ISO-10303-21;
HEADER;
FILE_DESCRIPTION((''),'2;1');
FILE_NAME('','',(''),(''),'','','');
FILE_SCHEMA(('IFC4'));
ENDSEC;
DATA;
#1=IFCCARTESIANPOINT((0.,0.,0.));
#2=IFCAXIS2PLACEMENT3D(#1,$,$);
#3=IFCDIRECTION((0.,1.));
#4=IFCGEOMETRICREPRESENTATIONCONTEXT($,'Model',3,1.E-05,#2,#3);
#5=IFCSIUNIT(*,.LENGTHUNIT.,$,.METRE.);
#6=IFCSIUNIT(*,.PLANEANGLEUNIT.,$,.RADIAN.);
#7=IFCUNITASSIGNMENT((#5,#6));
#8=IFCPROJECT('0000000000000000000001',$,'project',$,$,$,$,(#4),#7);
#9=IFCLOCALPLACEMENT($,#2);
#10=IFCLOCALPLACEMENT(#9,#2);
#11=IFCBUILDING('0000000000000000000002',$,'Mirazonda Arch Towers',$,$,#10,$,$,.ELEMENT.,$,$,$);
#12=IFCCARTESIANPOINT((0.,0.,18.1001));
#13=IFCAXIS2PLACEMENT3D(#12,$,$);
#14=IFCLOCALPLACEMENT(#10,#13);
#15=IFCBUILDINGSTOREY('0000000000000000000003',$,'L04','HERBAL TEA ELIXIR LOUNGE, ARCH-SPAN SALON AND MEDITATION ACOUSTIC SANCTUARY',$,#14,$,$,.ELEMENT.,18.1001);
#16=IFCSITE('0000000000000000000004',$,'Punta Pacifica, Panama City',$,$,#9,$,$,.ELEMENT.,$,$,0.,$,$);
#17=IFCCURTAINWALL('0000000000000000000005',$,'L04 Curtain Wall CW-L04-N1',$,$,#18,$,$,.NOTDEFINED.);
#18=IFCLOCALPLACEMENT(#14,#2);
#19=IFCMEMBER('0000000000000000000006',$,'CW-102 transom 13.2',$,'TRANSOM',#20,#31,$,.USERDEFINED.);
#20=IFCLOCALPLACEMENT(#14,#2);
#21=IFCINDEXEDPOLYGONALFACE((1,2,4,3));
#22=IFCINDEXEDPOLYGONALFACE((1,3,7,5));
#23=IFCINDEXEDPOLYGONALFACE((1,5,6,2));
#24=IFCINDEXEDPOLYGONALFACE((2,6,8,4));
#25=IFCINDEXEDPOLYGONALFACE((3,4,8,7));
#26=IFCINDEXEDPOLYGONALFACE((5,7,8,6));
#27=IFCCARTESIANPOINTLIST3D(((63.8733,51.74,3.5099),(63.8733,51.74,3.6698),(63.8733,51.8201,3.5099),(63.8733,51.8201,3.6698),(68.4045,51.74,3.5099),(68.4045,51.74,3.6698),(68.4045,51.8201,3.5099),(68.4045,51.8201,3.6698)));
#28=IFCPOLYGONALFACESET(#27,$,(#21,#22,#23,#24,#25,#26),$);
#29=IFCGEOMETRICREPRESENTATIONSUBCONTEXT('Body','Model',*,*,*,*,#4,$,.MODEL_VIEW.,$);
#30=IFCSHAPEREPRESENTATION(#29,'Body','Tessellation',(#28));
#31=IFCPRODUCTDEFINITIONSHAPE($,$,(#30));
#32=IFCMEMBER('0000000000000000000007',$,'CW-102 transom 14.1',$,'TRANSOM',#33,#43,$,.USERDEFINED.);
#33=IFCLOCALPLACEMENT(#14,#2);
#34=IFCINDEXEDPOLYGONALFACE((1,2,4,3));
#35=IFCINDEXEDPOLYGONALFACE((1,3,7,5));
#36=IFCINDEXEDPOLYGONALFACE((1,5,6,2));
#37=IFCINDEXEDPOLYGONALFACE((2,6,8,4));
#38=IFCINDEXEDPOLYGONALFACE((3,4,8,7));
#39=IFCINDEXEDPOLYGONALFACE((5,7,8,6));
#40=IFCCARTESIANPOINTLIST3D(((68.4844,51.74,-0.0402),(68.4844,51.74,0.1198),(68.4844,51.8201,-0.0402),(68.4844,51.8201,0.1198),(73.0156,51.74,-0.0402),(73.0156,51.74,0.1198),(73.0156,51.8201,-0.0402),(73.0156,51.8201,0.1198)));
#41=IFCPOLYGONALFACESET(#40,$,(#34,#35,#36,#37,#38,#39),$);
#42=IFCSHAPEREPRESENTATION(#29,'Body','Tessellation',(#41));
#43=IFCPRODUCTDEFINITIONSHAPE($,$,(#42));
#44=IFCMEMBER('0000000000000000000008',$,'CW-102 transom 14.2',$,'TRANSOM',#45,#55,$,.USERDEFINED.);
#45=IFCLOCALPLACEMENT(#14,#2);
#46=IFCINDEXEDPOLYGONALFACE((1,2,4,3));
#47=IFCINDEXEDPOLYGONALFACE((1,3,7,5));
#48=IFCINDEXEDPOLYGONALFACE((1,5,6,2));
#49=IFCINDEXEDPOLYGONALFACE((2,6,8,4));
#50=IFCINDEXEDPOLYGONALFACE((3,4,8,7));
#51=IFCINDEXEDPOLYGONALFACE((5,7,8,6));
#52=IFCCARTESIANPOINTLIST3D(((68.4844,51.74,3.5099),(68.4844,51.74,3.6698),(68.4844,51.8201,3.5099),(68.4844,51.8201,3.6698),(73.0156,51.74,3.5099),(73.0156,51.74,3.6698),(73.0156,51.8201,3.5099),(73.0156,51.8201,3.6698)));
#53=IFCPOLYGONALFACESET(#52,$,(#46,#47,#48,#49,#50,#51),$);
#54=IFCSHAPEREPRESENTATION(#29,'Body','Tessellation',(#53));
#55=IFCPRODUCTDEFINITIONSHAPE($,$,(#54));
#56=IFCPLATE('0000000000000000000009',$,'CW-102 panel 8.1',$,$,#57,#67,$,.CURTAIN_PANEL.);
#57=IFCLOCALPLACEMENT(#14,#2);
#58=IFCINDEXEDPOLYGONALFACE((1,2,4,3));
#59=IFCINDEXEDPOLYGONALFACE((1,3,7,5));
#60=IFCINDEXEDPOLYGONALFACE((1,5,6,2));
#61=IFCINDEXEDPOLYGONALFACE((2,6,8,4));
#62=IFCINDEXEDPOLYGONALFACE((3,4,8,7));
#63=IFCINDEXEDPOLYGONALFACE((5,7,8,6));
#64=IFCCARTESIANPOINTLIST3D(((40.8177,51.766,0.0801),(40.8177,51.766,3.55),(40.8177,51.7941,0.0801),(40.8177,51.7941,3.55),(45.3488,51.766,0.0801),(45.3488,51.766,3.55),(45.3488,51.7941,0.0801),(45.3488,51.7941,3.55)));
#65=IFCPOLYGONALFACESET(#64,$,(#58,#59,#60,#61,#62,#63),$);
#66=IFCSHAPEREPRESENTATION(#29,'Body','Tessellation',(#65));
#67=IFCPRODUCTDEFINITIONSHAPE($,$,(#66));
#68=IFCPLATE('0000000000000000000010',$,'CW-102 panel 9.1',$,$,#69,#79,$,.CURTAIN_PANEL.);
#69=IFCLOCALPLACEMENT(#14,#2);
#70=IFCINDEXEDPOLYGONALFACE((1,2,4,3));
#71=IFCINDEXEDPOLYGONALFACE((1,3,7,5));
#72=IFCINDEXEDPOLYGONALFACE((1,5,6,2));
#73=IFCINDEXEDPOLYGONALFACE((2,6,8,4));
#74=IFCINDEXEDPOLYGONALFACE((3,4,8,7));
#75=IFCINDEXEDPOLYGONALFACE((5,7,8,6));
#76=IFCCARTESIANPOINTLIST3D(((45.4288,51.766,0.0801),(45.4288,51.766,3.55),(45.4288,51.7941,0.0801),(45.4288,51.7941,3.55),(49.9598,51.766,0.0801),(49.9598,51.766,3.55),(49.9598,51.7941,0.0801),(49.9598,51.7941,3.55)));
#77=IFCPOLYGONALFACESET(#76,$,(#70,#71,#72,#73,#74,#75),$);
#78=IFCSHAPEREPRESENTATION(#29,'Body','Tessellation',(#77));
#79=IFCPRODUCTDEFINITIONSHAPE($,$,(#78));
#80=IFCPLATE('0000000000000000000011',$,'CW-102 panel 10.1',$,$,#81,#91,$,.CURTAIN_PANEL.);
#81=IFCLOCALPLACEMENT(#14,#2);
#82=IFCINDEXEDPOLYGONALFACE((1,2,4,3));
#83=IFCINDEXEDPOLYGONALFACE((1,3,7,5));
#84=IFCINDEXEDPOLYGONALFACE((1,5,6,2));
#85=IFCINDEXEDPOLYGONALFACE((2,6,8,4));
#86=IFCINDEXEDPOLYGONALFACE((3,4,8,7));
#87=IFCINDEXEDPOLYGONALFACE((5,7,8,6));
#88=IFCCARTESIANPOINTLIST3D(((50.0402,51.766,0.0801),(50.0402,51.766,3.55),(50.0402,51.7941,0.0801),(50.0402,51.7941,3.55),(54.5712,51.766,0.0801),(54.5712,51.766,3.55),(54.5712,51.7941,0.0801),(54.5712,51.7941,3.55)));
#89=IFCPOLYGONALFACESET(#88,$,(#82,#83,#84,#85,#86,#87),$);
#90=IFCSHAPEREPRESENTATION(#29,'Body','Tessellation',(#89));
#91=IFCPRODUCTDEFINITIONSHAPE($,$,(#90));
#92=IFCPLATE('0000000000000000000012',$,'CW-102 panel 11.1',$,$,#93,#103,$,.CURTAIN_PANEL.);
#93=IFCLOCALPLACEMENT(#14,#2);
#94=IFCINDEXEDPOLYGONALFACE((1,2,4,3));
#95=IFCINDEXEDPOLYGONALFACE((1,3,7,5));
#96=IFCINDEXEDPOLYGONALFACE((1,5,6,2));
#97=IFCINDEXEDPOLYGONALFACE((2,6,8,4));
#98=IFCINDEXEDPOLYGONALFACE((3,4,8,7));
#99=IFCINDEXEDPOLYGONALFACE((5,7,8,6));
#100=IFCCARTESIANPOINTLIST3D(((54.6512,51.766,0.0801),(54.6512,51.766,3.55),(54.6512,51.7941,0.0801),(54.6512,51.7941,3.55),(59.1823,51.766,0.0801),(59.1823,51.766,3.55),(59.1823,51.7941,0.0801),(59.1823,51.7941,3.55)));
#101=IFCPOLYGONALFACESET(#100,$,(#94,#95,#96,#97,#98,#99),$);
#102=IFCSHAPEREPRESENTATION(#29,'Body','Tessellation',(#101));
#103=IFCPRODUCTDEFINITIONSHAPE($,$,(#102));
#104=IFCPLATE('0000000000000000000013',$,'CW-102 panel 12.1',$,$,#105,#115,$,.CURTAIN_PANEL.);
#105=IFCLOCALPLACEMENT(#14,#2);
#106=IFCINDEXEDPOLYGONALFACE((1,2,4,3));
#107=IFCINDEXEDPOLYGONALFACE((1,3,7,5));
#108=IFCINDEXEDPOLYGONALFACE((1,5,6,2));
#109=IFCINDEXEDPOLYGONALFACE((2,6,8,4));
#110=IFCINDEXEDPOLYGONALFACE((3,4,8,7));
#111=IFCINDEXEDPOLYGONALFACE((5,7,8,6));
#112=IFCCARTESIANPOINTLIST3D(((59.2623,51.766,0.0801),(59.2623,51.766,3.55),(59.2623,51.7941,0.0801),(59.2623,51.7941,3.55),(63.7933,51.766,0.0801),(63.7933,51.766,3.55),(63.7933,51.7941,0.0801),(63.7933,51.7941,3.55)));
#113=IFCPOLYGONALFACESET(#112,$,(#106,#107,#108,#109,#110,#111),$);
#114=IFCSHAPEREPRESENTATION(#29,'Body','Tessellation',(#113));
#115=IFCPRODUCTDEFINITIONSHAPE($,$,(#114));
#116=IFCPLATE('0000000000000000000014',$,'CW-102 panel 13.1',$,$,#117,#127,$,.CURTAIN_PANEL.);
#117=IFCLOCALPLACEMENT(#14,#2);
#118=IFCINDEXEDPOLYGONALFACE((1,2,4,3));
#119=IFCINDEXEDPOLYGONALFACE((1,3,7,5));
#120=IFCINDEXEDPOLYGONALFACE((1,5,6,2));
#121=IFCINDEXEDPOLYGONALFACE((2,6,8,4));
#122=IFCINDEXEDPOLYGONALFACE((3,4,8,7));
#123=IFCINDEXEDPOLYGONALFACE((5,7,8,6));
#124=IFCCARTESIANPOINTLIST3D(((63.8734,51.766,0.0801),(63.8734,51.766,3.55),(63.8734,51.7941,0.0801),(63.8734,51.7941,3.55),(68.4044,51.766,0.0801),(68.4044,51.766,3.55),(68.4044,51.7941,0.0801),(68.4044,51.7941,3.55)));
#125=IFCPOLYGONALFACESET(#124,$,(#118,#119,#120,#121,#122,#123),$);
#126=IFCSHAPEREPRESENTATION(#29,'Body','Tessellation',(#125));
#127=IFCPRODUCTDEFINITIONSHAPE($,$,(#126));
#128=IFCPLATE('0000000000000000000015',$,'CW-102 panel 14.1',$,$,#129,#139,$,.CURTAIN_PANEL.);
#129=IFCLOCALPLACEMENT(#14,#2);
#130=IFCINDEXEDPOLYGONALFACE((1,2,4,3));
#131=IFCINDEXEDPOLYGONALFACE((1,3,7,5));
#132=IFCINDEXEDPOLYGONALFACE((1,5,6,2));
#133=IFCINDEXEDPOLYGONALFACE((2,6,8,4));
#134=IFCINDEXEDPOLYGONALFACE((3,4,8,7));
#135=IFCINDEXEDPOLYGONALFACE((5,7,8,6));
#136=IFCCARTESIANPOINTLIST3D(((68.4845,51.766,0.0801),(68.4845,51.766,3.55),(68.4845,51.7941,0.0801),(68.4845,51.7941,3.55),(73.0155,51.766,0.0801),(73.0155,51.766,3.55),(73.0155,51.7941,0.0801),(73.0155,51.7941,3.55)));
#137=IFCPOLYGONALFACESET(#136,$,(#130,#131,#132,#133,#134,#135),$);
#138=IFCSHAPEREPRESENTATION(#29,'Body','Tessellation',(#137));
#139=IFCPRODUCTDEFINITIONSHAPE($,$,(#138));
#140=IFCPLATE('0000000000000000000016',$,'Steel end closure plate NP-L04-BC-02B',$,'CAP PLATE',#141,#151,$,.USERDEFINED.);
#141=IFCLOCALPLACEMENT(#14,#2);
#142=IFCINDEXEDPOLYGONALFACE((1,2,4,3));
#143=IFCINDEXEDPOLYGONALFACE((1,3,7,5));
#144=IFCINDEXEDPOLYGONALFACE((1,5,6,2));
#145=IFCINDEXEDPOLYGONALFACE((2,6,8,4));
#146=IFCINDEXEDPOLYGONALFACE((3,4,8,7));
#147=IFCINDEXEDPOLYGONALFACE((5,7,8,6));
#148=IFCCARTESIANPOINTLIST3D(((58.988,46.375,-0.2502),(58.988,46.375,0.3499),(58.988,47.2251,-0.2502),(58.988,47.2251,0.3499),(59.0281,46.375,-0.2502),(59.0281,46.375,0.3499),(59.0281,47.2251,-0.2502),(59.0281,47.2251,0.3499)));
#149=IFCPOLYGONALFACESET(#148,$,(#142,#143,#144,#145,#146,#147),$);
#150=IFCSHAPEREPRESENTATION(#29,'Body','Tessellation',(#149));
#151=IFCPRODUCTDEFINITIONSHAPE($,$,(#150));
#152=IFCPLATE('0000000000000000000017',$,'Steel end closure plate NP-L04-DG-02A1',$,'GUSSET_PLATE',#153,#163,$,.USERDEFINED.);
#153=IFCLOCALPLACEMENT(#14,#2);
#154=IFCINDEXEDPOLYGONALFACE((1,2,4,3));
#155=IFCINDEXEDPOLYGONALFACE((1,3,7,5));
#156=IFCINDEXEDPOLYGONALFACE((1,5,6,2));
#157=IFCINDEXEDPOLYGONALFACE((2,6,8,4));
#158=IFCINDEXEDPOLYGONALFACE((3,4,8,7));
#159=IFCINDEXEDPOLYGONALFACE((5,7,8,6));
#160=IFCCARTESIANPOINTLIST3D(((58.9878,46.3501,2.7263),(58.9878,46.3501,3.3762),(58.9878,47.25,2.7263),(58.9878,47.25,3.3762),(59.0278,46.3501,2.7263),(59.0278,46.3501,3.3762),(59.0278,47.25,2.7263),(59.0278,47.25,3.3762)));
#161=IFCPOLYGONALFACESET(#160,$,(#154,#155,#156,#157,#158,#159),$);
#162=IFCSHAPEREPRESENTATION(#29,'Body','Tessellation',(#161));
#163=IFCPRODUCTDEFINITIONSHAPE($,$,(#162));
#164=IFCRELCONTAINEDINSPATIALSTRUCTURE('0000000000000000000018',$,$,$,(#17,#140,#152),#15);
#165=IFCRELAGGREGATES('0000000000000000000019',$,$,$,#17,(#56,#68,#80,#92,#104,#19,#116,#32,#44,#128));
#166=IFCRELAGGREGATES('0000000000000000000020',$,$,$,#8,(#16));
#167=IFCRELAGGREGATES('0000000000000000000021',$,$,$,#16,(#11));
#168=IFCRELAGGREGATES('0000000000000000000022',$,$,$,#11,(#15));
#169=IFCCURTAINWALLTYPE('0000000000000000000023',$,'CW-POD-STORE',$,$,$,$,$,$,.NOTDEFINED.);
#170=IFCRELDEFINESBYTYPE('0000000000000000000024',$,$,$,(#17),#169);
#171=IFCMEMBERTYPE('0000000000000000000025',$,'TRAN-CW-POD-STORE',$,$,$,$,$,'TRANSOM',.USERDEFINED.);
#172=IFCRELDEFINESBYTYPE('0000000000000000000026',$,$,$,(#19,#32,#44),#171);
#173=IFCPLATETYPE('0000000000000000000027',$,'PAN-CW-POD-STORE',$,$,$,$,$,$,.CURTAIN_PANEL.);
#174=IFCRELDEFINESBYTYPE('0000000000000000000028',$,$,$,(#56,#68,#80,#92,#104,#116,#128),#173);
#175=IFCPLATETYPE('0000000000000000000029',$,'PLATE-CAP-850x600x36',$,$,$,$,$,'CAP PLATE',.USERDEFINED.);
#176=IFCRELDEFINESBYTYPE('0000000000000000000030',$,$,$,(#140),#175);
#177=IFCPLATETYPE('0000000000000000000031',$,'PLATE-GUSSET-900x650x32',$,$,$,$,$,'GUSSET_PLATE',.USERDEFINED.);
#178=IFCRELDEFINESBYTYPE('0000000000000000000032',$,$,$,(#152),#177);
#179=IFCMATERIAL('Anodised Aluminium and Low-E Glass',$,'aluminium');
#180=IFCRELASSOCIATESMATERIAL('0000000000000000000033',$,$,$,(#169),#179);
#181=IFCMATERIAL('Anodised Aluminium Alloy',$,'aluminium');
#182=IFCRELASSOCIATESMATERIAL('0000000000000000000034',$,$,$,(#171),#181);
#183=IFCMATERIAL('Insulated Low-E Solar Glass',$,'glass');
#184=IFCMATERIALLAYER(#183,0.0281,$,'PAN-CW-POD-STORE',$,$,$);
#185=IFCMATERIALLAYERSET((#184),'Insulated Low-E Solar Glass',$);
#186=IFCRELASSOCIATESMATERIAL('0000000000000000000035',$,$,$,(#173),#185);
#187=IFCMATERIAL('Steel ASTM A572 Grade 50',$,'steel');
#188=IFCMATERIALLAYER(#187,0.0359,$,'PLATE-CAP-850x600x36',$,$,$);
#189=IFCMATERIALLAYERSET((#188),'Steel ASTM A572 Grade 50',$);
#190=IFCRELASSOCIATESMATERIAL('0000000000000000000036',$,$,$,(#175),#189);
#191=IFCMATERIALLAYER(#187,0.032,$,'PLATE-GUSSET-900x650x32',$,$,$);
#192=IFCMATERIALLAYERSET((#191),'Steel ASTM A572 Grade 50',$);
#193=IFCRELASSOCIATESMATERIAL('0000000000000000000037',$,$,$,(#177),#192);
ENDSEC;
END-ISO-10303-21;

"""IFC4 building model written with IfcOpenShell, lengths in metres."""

from ifc_helpers import new_model, si_unit, direction, frame, origin, origin_2d, place, context, subcontext, project, spatial, rectangle, extrude, material, layer, layer_set, material_profile, profile_set, type_object, element, aggregate, save


model = new_model("IFC4")

# Units and contexts
model_context = context("Model", 3, precision=1e-05, world=origin(), true_north=direction((0.0, 1.0)))
body_context = subcontext(model_context, "Body", "Model", "MODEL_VIEW")
ifc_project = project(units=[si_unit("LENGTHUNIT", "METRE"), si_unit("PLANEANGLEUNIT", "RADIAN")], contexts=[model_context])

# Site, building, storey
site_placement = place(None, origin())
site = spatial("IfcSite", under=ifc_project, at=site_placement, Name="Punta Pacifica, Panama City", CompositionType="ELEMENT", RefElevation=0.0)
building_placement = place(site_placement, origin())
building = spatial("IfcBuilding", under=site, at=building_placement, Name="Mirazonda Arch Towers", CompositionType="ELEMENT")
storey_placement = place(building_placement, frame((0.0, 0.0, 18.1001)))
storey = spatial("IfcBuildingStorey", under=building, at=storey_placement, Name="L04", Description="HERBAL TEA ELIXIR LOUNGE, ARCH-SPAN SALON AND MEDITATION ACOUSTIC SANCTUARY", CompositionType="ELEMENT", Elevation=18.1001)

# Curtain wall, members, plates
ifc_material_1 = material(Name="Anodised Aluminium and Low-E Glass", Category="aluminium")
curtain_wall_type = type_object("IfcCurtainWallType", Name="CW-POD-STORE", PredefinedType="NOTDEFINED", material=ifc_material_1)
curtain_wall_placement = place(storey_placement, origin())
curtain_wall = element("IfcCurtainWall", 1, at=curtain_wall_placement, inside=storey, type_object=curtain_wall_type, Name="L04 Curtain Wall CW-L04-N1", PredefinedType="NOTDEFINED")
ifc_material_2 = material(Name="Anodised Aluminium Alloy", Category="aluminium")
ifc_material_profile_1 = material_profile(ifc_material_2, rectangle(XDim=0.0801, YDim=0.1599, at=origin_2d()), Name="ALU-TRAN-80x160")
ifc_profile_set_1 = profile_set([ifc_material_profile_1], Name="Anodised Aluminium Alloy")
member_type_1 = type_object("IfcMemberType", Name="TRAN-CW-POD-STORE", ElementType="TRANSOM", PredefinedType="USERDEFINED", material=ifc_profile_set_1)
member_1_placement = place(storey_placement, frame((63.8733, 51.78, 3.5898), z_axis=(1.0, 0.0, 0.0), x_axis=(0.0, 1.0, 0.0)))
member_1 = element("IfcMember", 2, at=member_1_placement, type_object=member_type_1, Name="CW-102 transom 13.2", ObjectType="TRANSOM", PredefinedType="USERDEFINED", context=body_context, shape_type="SweptSolid", body=[
    extrude(rectangle(XDim=0.0801, YDim=0.1599, at=origin_2d()), origin(), (0.0, 0.0, 1.0), 4.5312),
])
member_2_placement = place(storey_placement, frame((68.4844, 51.78, 0.0398), z_axis=(1.0, 0.0, 0.0), x_axis=(0.0, 1.0, 0.0)))
member_2 = element("IfcMember", 3, at=member_2_placement, type_object=member_type_1, Name="CW-102 transom 14.1", ObjectType="TRANSOM", PredefinedType="USERDEFINED", context=body_context, shape_type="SweptSolid", body=[
    extrude(rectangle(XDim=0.0801, YDim=0.1599, at=origin_2d()), origin(), (0.0, 0.0, 1.0), 4.5312),
])
member_3_placement = place(storey_placement, frame((68.4844, 51.78, 3.5898), z_axis=(1.0, 0.0, 0.0), x_axis=(0.0, 1.0, 0.0)))
member_3 = element("IfcMember", 4, at=member_3_placement, type_object=member_type_1, Name="CW-102 transom 14.2", ObjectType="TRANSOM", PredefinedType="USERDEFINED", context=body_context, shape_type="SweptSolid", body=[
    extrude(rectangle(XDim=0.0801, YDim=0.1599, at=origin_2d()), origin(), (0.0, 0.0, 1.0), 4.5312),
])
ifc_material_3 = material(Name="Insulated Low-E Solar Glass", Category="glass")
ifc_layer_1 = layer(ifc_material_3, 0.0281, Name="PAN-CW-POD-STORE")
ifc_layer_set_1 = layer_set([ifc_layer_1], Name="Insulated Low-E Solar Glass")
plate_type_1 = type_object("IfcPlateType", Name="PAN-CW-POD-STORE", PredefinedType="CURTAIN_PANEL", material=ifc_layer_set_1)
plate_1_placement = place(storey_placement, frame((43.0833, 51.78, 0.0801), z_axis=(0.0, 0.0, 1.0), x_axis=(1.0, 0.0, 0.0)))
plate_1 = element("IfcPlate", 5, at=plate_1_placement, type_object=plate_type_1, Name="CW-102 panel 8.1", PredefinedType="CURTAIN_PANEL", context=body_context, shape_type="SweptSolid", body=[
    extrude(rectangle(XDim=4.531, YDim=0.0281, at=origin_2d()), origin(), (0.0, 0.0, 1.0), 3.47),
])
plate_2_placement = place(storey_placement, frame((47.6943, 51.78, 0.0801), z_axis=(0.0, 0.0, 1.0), x_axis=(1.0, 0.0, 0.0)))
plate_2 = element("IfcPlate", 6, at=plate_2_placement, type_object=plate_type_1, Name="CW-102 panel 9.1", PredefinedType="CURTAIN_PANEL", context=body_context, shape_type="SweptSolid", body=[
    extrude(rectangle(XDim=4.531, YDim=0.0281, at=origin_2d()), origin(), (0.0, 0.0, 1.0), 3.47),
])
plate_3_placement = place(storey_placement, frame((52.3057, 51.78, 0.0801), z_axis=(0.0, 0.0, 1.0), x_axis=(1.0, 0.0, 0.0)))
plate_3 = element("IfcPlate", 7, at=plate_3_placement, type_object=plate_type_1, Name="CW-102 panel 10.1", PredefinedType="CURTAIN_PANEL", context=body_context, shape_type="SweptSolid", body=[
    extrude(rectangle(XDim=4.531, YDim=0.0281, at=origin_2d()), origin(), (0.0, 0.0, 1.0), 3.47),
])
plate_4_placement = place(storey_placement, frame((56.9167, 51.78, 0.0801), z_axis=(0.0, 0.0, 1.0), x_axis=(1.0, 0.0, 0.0)))
plate_4 = element("IfcPlate", 8, at=plate_4_placement, type_object=plate_type_1, Name="CW-102 panel 11.1", PredefinedType="CURTAIN_PANEL", context=body_context, shape_type="SweptSolid", body=[
    extrude(rectangle(XDim=4.531, YDim=0.0281, at=origin_2d()), origin(), (0.0, 0.0, 1.0), 3.47),
])
plate_5_placement = place(storey_placement, frame((61.5278, 51.78, 0.0801), z_axis=(0.0, 0.0, 1.0), x_axis=(1.0, 0.0, 0.0)))
plate_5 = element("IfcPlate", 9, at=plate_5_placement, type_object=plate_type_1, Name="CW-102 panel 12.1", PredefinedType="CURTAIN_PANEL", context=body_context, shape_type="SweptSolid", body=[
    extrude(rectangle(XDim=4.531, YDim=0.0281, at=origin_2d()), origin(), (0.0, 0.0, 1.0), 3.47),
])
plate_6_placement = place(storey_placement, frame((66.1389, 51.78, 0.0801), z_axis=(0.0, 0.0, 1.0), x_axis=(1.0, 0.0, 0.0)))
plate_6 = element("IfcPlate", 10, at=plate_6_placement, type_object=plate_type_1, Name="CW-102 panel 13.1", PredefinedType="CURTAIN_PANEL", context=body_context, shape_type="SweptSolid", body=[
    extrude(rectangle(XDim=4.531, YDim=0.0281, at=origin_2d()), origin(), (0.0, 0.0, 1.0), 3.47),
])
plate_7_placement = place(storey_placement, frame((70.75, 51.78, 0.0801), z_axis=(0.0, 0.0, 1.0), x_axis=(1.0, 0.0, 0.0)))
plate_7 = element("IfcPlate", 11, at=plate_7_placement, type_object=plate_type_1, Name="CW-102 panel 14.1", PredefinedType="CURTAIN_PANEL", context=body_context, shape_type="SweptSolid", body=[
    extrude(rectangle(XDim=4.531, YDim=0.0281, at=origin_2d()), origin(), (0.0, 0.0, 1.0), 3.47),
])
aggregate(curtain_wall, [plate_1, plate_2, plate_3, plate_4, plate_5, member_1, plate_6, member_2, member_3, plate_7])

# Plates
ifc_material_4 = material(Name="Steel ASTM A572 Grade 50", Category="steel")
ifc_layer_2 = layer(ifc_material_4, 0.0359, Name="PLATE-CAP-850x600x36")
ifc_layer_set_2 = layer_set([ifc_layer_2], Name="Steel ASTM A572 Grade 50")
plate_type_2 = type_object("IfcPlateType", Name="PLATE-CAP-850x600x36", ElementType="CAP PLATE", PredefinedType="USERDEFINED", material=ifc_layer_set_2)
plate_8_placement = place(storey_placement, frame((59.0081, 46.8, -0.2502), z_axis=(0.0, 0.0, 1.0), x_axis=(1.0, 0.0, 0.0)))
element("IfcPlate", 12, at=plate_8_placement, inside=storey, type_object=plate_type_2, Name="Steel end closure plate NP-L04-BC-02B", ObjectType="CAP PLATE", PredefinedType="USERDEFINED", context=body_context, shape_type="SweptSolid", body=[
    extrude(rectangle(XDim=0.04, YDim=0.8501, at=origin_2d()), origin(), (0.0, 0.0, 1.0), 0.6001),
])
ifc_layer_3 = layer(ifc_material_4, 0.032, Name="PLATE-GUSSET-900x650x32")
ifc_layer_set_3 = layer_set([ifc_layer_3], Name="Steel ASTM A572 Grade 50")
plate_type_3 = type_object("IfcPlateType", Name="PLATE-GUSSET-900x650x32", ElementType="GUSSET_PLATE", PredefinedType="USERDEFINED", material=ifc_layer_set_3)
plate_9_placement = place(storey_placement, frame((59.0078, 46.8, 2.7263), z_axis=(0.0, 0.0, 1.0), x_axis=(1.0, 0.0, 0.0)))
element("IfcPlate", 13, at=plate_9_placement, inside=storey, type_object=plate_type_3, Name="Steel end closure plate NP-L04-DG-02A1", ObjectType="GUSSET_PLATE", PredefinedType="USERDEFINED", context=body_context, shape_type="SweptSolid", body=[
    extrude(rectangle(XDim=0.04, YDim=0.8999, at=origin_2d()), origin(), (0.0, 0.0, 1.0), 0.6499),
])

save(model, "model.ifc")
